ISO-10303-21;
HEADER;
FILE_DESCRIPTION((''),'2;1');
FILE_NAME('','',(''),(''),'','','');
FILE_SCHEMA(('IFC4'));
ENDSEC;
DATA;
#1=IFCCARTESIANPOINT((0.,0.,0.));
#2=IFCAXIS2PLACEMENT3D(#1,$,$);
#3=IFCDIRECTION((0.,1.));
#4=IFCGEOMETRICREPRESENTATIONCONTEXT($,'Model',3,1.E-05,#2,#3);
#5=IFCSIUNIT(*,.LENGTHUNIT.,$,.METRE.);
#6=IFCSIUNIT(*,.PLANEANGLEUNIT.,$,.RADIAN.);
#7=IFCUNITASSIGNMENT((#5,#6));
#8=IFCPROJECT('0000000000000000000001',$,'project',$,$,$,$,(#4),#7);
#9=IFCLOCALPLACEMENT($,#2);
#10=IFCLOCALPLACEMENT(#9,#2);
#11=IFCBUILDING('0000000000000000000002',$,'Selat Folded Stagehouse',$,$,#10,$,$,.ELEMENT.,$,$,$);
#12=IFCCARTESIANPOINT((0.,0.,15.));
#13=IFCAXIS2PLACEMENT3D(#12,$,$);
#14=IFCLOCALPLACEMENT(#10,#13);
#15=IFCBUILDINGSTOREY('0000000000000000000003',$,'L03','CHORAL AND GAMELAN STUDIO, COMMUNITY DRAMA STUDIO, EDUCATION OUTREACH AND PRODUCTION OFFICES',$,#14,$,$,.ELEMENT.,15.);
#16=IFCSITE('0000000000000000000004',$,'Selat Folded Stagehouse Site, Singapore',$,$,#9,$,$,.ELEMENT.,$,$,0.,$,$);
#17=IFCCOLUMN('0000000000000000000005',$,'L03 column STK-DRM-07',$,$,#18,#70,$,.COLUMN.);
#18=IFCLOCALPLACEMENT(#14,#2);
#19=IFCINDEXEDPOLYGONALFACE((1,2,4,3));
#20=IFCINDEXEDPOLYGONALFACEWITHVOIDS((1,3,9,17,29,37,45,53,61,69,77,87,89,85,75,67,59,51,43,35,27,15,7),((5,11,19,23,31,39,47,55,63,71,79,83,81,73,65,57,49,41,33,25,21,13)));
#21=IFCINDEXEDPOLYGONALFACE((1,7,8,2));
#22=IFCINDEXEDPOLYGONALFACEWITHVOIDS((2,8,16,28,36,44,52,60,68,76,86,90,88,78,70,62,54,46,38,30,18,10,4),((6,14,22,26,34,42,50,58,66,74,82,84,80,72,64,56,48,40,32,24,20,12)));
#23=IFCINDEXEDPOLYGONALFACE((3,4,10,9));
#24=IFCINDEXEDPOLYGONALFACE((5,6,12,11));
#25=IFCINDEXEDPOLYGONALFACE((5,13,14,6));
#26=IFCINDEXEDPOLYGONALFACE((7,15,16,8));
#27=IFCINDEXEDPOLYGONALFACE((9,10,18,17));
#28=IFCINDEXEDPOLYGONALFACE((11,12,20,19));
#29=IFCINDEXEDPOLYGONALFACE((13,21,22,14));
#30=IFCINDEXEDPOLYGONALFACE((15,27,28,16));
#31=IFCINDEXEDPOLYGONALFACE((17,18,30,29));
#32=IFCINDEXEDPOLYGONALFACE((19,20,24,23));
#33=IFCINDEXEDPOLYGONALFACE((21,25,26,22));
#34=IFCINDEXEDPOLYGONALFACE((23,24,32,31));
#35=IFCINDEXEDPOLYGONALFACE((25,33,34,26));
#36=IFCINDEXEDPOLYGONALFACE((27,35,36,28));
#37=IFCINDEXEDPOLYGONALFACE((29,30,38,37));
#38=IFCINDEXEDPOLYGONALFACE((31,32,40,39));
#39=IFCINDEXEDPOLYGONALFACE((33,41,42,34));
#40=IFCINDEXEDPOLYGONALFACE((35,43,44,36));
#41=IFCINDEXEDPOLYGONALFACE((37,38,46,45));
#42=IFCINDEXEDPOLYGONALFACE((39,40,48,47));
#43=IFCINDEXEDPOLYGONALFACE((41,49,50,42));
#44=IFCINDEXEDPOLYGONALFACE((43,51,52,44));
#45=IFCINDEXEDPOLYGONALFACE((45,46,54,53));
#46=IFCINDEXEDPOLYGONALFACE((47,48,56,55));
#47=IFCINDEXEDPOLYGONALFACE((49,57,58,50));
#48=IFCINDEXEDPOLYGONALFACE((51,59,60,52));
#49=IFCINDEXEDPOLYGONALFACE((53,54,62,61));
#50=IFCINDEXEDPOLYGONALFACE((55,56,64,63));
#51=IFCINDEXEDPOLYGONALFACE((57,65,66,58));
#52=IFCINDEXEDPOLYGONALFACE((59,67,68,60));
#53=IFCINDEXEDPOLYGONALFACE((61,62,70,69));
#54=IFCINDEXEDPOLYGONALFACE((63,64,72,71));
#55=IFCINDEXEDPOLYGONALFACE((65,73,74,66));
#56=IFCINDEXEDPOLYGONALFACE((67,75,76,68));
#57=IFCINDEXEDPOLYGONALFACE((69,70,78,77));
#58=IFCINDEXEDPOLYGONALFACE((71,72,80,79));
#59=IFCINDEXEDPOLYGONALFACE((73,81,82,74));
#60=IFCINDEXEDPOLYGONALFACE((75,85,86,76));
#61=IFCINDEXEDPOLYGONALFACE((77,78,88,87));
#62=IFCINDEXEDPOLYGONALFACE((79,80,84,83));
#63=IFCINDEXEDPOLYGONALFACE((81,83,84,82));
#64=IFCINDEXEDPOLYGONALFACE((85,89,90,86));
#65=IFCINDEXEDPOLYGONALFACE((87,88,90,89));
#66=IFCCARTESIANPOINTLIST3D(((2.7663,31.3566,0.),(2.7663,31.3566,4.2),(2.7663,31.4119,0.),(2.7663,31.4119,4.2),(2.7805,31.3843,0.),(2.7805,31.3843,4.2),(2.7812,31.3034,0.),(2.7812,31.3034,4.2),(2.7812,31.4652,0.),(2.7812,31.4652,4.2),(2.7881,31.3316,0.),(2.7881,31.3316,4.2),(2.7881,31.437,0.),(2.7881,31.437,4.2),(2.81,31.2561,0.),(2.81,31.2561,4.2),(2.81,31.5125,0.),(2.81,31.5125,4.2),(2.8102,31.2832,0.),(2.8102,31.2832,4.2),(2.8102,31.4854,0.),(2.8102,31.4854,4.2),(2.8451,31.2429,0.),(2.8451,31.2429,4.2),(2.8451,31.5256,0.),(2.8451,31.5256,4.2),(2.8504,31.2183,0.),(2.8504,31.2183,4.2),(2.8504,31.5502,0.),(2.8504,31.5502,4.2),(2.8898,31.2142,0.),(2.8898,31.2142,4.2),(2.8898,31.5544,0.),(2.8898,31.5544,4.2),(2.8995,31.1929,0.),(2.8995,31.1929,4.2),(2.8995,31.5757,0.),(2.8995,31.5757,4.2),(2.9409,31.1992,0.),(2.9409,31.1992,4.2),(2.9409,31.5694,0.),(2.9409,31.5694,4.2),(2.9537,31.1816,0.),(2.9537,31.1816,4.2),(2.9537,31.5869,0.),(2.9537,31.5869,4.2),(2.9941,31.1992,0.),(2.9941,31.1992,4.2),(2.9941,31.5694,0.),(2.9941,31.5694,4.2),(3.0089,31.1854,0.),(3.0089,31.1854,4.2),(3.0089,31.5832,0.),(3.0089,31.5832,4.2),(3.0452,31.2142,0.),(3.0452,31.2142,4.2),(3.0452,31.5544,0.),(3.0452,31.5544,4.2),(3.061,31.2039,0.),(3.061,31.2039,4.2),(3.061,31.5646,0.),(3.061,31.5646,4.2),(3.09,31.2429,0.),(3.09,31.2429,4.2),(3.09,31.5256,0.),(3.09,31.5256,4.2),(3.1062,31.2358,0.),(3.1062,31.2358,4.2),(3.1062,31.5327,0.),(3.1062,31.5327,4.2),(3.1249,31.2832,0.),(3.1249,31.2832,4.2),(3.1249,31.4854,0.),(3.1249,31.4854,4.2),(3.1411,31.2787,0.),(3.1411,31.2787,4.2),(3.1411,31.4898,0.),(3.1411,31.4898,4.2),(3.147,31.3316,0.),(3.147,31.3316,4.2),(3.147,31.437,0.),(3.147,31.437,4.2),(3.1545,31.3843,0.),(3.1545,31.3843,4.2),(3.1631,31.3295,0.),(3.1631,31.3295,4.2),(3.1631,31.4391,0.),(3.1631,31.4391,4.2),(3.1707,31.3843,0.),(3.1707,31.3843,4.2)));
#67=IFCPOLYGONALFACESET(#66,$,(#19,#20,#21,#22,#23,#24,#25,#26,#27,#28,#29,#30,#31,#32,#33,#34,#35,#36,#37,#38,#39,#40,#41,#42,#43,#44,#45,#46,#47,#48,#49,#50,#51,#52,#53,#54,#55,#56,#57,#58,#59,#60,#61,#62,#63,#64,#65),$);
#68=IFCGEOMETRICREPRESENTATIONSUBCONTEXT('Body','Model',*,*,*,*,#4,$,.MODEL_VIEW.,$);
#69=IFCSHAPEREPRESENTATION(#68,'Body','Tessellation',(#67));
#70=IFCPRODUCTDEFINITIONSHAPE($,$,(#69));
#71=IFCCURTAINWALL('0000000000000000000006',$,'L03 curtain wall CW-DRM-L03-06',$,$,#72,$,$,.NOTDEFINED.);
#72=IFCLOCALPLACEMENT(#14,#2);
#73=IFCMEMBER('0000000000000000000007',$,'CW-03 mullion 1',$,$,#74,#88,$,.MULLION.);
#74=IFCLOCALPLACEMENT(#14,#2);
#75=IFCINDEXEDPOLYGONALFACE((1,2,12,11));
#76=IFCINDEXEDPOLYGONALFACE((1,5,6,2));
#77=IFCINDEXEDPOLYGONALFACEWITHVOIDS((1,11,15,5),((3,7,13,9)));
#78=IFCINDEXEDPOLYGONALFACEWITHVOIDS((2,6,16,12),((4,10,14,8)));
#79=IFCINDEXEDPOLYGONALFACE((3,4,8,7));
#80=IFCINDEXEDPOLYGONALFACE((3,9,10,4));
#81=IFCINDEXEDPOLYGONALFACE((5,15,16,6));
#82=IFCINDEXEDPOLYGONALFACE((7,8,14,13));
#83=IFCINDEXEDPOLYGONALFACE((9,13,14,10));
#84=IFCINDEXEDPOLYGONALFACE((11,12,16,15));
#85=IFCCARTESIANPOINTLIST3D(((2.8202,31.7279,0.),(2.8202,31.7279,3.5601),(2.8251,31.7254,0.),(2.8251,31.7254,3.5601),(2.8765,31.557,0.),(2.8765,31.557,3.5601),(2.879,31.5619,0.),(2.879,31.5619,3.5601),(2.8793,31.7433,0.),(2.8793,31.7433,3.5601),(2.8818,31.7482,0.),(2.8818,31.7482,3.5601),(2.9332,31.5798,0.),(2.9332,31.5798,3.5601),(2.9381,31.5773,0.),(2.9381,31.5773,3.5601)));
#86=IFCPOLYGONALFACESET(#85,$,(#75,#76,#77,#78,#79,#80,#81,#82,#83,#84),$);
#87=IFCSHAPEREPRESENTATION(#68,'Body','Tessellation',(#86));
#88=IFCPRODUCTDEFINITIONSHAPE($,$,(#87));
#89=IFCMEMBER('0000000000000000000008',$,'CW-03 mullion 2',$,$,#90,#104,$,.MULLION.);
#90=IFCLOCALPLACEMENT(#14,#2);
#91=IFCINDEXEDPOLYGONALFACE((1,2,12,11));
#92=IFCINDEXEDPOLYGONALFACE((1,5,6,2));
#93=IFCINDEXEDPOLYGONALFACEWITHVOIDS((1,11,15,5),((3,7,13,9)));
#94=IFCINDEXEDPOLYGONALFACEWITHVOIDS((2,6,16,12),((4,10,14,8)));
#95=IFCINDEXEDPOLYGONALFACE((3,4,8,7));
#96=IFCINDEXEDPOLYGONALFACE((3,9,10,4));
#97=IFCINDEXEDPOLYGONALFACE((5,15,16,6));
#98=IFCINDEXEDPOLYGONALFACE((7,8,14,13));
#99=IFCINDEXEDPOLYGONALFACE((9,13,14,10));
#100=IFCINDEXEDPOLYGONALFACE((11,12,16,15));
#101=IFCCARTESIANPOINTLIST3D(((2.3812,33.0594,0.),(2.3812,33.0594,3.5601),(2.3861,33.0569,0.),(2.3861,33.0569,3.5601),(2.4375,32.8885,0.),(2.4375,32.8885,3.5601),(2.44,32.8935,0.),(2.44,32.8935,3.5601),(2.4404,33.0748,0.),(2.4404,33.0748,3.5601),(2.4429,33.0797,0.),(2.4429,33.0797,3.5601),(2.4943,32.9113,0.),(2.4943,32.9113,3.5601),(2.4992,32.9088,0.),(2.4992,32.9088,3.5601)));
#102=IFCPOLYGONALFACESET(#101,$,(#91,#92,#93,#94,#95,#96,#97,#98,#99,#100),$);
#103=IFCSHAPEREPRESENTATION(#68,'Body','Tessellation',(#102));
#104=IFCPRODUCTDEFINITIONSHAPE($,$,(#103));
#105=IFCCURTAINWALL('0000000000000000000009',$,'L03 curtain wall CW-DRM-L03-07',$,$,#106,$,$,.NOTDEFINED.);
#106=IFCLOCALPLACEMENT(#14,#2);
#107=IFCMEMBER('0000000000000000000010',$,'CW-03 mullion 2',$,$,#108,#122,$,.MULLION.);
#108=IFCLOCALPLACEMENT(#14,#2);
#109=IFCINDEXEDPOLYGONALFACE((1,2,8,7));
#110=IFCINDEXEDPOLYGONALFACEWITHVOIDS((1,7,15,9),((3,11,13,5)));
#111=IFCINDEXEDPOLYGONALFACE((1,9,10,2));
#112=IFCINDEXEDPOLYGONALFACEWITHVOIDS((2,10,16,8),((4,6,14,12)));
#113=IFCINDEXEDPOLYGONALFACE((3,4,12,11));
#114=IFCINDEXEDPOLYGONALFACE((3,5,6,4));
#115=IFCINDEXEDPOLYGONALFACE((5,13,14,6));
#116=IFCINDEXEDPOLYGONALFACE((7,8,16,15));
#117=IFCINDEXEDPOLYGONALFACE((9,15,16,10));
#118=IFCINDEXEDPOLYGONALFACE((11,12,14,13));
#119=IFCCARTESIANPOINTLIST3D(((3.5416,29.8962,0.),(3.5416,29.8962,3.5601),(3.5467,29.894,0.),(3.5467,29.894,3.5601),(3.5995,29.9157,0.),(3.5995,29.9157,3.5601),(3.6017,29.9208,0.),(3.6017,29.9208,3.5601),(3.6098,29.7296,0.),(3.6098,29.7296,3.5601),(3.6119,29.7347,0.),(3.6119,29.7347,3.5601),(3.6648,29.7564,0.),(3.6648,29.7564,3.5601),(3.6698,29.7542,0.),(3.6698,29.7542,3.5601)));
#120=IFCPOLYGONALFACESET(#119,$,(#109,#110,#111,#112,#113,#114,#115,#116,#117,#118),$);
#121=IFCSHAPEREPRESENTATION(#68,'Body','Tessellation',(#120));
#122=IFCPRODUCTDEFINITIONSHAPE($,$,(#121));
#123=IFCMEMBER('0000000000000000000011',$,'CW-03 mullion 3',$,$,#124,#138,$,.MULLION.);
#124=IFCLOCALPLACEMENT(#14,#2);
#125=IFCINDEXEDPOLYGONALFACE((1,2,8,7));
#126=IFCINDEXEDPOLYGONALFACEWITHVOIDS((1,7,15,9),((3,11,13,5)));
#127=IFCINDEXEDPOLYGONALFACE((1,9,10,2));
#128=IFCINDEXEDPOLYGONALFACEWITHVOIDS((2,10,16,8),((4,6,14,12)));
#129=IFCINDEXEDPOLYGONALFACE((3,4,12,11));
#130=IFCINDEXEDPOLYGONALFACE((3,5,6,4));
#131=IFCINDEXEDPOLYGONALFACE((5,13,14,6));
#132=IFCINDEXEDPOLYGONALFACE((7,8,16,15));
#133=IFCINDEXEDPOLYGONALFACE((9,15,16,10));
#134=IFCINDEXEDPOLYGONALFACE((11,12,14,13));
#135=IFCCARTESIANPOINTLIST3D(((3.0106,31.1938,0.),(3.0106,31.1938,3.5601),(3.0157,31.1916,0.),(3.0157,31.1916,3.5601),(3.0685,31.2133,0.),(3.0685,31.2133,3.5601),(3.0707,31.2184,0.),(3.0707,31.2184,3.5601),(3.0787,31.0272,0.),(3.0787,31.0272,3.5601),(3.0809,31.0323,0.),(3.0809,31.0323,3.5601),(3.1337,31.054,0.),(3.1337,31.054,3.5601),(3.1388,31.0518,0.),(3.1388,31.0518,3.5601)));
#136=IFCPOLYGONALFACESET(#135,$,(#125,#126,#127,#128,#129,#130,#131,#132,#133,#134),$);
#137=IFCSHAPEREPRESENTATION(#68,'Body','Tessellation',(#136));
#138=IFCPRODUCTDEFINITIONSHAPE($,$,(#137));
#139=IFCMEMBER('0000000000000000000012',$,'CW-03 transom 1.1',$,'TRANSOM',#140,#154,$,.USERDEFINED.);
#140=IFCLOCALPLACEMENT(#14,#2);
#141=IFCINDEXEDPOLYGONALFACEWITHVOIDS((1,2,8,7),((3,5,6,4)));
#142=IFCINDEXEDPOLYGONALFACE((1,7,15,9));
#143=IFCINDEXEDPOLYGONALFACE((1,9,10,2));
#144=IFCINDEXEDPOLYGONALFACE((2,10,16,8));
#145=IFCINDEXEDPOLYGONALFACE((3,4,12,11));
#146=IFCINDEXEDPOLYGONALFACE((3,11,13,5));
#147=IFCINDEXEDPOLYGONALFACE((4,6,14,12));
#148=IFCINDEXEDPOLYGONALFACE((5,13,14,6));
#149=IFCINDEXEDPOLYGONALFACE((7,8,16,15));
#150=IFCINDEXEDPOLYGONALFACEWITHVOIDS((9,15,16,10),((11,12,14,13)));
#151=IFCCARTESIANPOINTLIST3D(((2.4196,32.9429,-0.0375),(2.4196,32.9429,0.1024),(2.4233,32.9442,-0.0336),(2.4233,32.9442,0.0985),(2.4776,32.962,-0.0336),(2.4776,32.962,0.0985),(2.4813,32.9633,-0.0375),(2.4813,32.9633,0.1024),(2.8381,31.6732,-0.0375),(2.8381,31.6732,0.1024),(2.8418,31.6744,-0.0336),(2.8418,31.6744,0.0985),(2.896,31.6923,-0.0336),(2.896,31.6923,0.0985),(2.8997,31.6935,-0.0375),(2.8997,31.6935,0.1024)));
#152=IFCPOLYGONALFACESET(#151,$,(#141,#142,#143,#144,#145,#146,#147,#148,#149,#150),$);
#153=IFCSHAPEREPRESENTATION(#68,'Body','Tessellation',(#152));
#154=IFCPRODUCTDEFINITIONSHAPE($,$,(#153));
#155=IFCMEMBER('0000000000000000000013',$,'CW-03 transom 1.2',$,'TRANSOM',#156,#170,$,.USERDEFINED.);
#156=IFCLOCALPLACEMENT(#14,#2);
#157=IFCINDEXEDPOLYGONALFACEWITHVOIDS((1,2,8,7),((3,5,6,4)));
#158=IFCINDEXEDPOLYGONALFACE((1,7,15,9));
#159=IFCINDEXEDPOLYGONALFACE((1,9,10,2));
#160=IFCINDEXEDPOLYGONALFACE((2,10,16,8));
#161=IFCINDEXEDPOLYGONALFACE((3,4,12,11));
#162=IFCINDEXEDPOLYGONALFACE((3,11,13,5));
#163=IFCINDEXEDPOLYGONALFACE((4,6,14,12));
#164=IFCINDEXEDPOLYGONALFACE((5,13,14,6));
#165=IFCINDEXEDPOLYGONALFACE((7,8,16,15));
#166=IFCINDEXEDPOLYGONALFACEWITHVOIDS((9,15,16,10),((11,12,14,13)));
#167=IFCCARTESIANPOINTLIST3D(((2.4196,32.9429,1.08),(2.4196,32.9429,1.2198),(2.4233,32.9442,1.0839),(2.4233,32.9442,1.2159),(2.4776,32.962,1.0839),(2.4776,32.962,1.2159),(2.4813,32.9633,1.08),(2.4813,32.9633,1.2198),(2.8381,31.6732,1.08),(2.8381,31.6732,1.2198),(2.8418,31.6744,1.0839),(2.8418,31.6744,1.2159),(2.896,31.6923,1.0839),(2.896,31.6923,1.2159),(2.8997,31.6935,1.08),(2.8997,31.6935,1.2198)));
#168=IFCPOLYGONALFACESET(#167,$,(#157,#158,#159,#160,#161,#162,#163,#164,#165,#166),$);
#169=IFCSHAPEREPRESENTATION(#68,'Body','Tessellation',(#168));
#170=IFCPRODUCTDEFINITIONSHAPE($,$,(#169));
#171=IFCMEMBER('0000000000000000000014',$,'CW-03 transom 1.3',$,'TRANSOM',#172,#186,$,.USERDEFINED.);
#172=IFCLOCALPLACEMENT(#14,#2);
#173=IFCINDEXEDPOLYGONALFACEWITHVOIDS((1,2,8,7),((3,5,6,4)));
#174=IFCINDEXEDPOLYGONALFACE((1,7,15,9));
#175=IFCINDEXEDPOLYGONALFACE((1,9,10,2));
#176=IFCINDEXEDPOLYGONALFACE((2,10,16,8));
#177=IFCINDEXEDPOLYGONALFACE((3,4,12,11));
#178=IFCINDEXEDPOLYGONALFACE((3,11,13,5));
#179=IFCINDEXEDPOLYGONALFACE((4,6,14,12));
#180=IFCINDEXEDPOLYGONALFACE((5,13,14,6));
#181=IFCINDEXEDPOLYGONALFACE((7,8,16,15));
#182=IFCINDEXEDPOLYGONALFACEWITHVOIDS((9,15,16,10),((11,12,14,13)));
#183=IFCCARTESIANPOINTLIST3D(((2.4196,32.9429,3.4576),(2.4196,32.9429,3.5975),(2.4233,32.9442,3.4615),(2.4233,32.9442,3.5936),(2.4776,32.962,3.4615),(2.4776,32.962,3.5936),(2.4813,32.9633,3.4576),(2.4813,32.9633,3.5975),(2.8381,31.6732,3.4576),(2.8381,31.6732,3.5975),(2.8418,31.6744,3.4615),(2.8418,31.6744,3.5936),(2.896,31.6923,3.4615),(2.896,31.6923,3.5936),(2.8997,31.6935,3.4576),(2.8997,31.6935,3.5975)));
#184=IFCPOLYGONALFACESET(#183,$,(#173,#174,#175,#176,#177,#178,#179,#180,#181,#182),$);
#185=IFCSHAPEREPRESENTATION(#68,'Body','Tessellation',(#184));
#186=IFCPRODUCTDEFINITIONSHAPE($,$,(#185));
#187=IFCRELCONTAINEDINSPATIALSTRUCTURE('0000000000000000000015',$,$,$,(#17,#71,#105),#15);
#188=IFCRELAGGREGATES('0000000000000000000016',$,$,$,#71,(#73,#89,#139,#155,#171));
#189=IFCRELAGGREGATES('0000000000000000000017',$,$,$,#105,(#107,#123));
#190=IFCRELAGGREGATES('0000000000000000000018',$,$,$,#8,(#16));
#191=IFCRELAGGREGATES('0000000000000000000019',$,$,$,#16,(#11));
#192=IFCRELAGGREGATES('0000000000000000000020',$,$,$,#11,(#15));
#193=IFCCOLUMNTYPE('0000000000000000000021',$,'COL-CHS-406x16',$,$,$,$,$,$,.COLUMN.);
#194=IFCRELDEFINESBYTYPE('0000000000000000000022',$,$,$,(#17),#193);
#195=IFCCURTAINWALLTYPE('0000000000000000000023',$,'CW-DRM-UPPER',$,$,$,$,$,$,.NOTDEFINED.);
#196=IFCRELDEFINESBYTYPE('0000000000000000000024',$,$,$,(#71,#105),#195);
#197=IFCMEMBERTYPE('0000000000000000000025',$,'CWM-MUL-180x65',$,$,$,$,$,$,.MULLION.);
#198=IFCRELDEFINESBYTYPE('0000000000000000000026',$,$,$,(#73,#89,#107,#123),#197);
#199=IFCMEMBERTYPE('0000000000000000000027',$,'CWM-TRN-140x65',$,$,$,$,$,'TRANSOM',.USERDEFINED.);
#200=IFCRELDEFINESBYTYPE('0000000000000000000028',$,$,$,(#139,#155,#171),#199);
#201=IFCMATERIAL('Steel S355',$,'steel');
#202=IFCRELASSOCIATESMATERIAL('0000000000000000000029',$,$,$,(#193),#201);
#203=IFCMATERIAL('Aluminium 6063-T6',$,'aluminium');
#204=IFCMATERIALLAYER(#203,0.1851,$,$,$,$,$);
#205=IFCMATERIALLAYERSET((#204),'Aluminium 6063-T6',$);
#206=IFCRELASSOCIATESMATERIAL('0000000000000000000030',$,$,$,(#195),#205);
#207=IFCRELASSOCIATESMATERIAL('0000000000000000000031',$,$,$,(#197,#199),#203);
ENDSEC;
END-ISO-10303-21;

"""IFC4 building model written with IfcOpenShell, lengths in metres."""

from ifc_helpers import new_model, si_unit, direction, frame, origin, origin_2d, place, context, subcontext, project, spatial, hollow_rectangle, hollow_circle, extrude, material, layer, layer_set, material_profile, profile_set, type_object, element, aggregate, save


model = new_model("IFC4")

# Units and contexts
model_context = context("Model", 3, precision=1e-05, world=origin(), true_north=direction((0.0, 1.0)))
body_context = subcontext(model_context, "Body", "Model", "MODEL_VIEW")
ifc_project = project(units=[si_unit("LENGTHUNIT", "METRE"), si_unit("PLANEANGLEUNIT", "RADIAN")], contexts=[model_context])

# Site, building, storey
site_placement = place(None, origin())
site = spatial("IfcSite", under=ifc_project, at=site_placement, Name="Selat Folded Stagehouse Site, Singapore", CompositionType="ELEMENT", RefElevation=0.0)
building_placement = place(site_placement, origin())
building = spatial("IfcBuilding", under=site, at=building_placement, Name="Selat Folded Stagehouse", CompositionType="ELEMENT")
storey_placement = place(building_placement, frame((0.0, 0.0, 15.0)))
storey = spatial("IfcBuildingStorey", under=building, at=storey_placement, Name="L03", Description="CHORAL AND GAMELAN STUDIO, COMMUNITY DRAMA STUDIO, EDUCATION OUTREACH AND PRODUCTION OFFICES", CompositionType="ELEMENT", Elevation=15.0)

# Column
ifc_material_1 = material(Name="Steel S355", Category="steel")
ifc_material_profile_1 = material_profile(ifc_material_1, hollow_circle(Radius=0.2031, WallThickness=0.0161, at=origin_2d()), Name="CHS 406.4x16.0")
ifc_profile_set_1 = profile_set([ifc_material_profile_1], Name="Steel S355")
column_type = type_object("IfcColumnType", Name="COL-CHS-406x16", PredefinedType="COLUMN", material=ifc_profile_set_1)
column_placement = place(storey_placement, frame((2.9675, 31.3843, 0.0), z_axis=(0.0, 0.0, 1.0), x_axis=(1.0, 0.0, 0.0)))
element("IfcColumn", 1, at=column_placement, inside=storey, type_object=column_type, Name="L03 column STK-DRM-07", PredefinedType="COLUMN", context=body_context, shape_type="SweptSolid", body=[
    extrude(hollow_circle(Radius=0.2031, WallThickness=0.0161, at=origin_2d()), origin(), (0.0, 0.0, 1.0), 4.2),
])

# Curtain walls, members
ifc_material_2 = material(Name="Aluminium 6063-T6", Category="aluminium")
ifc_layer_1 = layer(ifc_material_2, 0.1851)
ifc_layer_set_1 = layer_set([ifc_layer_1], Name="Aluminium 6063-T6")
curtain_wall_type = type_object("IfcCurtainWallType", Name="CW-DRM-UPPER", PredefinedType="NOTDEFINED", material=ifc_layer_set_1)
curtain_wall_1_placement = place(storey_placement, origin())
curtain_wall_1 = element("IfcCurtainWall", 2, at=curtain_wall_1_placement, inside=storey, type_object=curtain_wall_type, Name="L03 curtain wall CW-DRM-L03-06", PredefinedType="NOTDEFINED")
ifc_material_profile_2 = material_profile(ifc_material_2, hollow_rectangle(XDim=0.0649, YDim=0.1799, WallThickness=0.0039, at=origin_2d()), Name="ALU 180x65x4.0")
ifc_profile_set_2 = profile_set([ifc_material_profile_2], Name="Aluminium 6063-T6")
member_type_1 = type_object("IfcMemberType", Name="CWM-MUL-180x65", PredefinedType="MULLION", material=ifc_profile_set_2)
member_1_placement = place(storey_placement, frame((2.8792, 31.6526, 0.0), z_axis=(0.0, 0.0, 1.0), x_axis=(-0.949755, -0.312995, 0.0)))
member_1 = element("IfcMember", 3, at=member_1_placement, type_object=member_type_1, Name="CW-03 mullion 1", PredefinedType="MULLION", context=body_context, shape_type="SweptSolid", body=[
    extrude(hollow_rectangle(XDim=0.0649, YDim=0.1799, WallThickness=0.0039, at=origin_2d()), origin(), (0.0, 0.0, 1.0), 3.5601),
])
member_2_placement = place(storey_placement, frame((2.4402, 32.9841, 0.0), z_axis=(0.0, 0.0, 1.0), x_axis=(-0.949755, -0.312995, 0.0)))
member_2 = element("IfcMember", 4, at=member_2_placement, type_object=member_type_1, Name="CW-03 mullion 2", PredefinedType="MULLION", context=body_context, shape_type="SweptSolid", body=[
    extrude(hollow_rectangle(XDim=0.0649, YDim=0.1799, WallThickness=0.0039, at=origin_2d()), origin(), (0.0, 0.0, 1.0), 3.5601),
])
curtain_wall_2_placement = place(storey_placement, origin())
curtain_wall_2 = element("IfcCurtainWall", 5, at=curtain_wall_2_placement, inside=storey, type_object=curtain_wall_type, Name="L03 curtain wall CW-DRM-L03-07", PredefinedType="NOTDEFINED")
member_3_placement = place(storey_placement, frame((3.6057, 29.8252, 0.0), z_axis=(0.0, 0.0, 1.0), x_axis=(-0.925441, -0.378891, 0.0)))
member_3 = element("IfcMember", 6, at=member_3_placement, type_object=member_type_1, Name="CW-03 mullion 2", PredefinedType="MULLION", context=body_context, shape_type="SweptSolid", body=[
    extrude(hollow_rectangle(XDim=0.0649, YDim=0.1799, WallThickness=0.0039, at=origin_2d()), origin(), (0.0, 0.0, 1.0), 3.5601),
])
member_4_placement = place(storey_placement, frame((3.0747, 31.1228, 0.0), z_axis=(0.0, 0.0, 1.0), x_axis=(-0.925441, -0.378891, 0.0)))
member_4 = element("IfcMember", 7, at=member_4_placement, type_object=member_type_1, Name="CW-03 mullion 3", PredefinedType="MULLION", context=body_context, shape_type="SweptSolid", body=[
    extrude(hollow_rectangle(XDim=0.0649, YDim=0.1799, WallThickness=0.0039, at=origin_2d()), origin(), (0.0, 0.0, 1.0), 3.5601),
])

# Members
ifc_material_profile_3 = material_profile(ifc_material_2, hollow_rectangle(XDim=0.0649, YDim=0.1399, WallThickness=0.0039, at=origin_2d()), Name="ALU 140x65x4.0")
ifc_profile_set_3 = profile_set([ifc_material_profile_3], Name="Aluminium 6063-T6")
member_type_2 = type_object("IfcMemberType", Name="CWM-TRN-140x65", ElementType="TRANSOM", PredefinedType="USERDEFINED", material=ifc_profile_set_3)
member_5_placement = place(storey_placement, frame((2.8689, 31.6833, 0.0325), z_axis=(-0.312994, 0.949755, 0.0), x_axis=(-0.949755, -0.312994, 0.0)))
member_5 = element("IfcMember", 8, at=member_5_placement, type_object=member_type_2, Name="CW-03 transom 1.1", ObjectType="TRANSOM", PredefinedType="USERDEFINED", context=body_context, shape_type="SweptSolid", body=[
    extrude(hollow_rectangle(XDim=0.0649, YDim=0.1399, WallThickness=0.0039, at=origin_2d()), origin(), (0.0, 0.0, 1.0), 1.3369),
])
member_6_placement = place(storey_placement, frame((2.8689, 31.6833, 1.1499), z_axis=(-0.312994, 0.949755, 0.0), x_axis=(-0.949755, -0.312994, 0.0)))
member_6 = element("IfcMember", 9, at=member_6_placement, type_object=member_type_2, Name="CW-03 transom 1.2", ObjectType="TRANSOM", PredefinedType="USERDEFINED", context=body_context, shape_type="SweptSolid", body=[
    extrude(hollow_rectangle(XDim=0.0649, YDim=0.1399, WallThickness=0.0039, at=origin_2d()), origin(), (0.0, 0.0, 1.0), 1.3369),
])
member_7_placement = place(storey_placement, frame((2.8689, 31.6833, 3.5276), z_axis=(-0.312994, 0.949755, 0.0), x_axis=(-0.949755, -0.312994, 0.0)))
member_7 = element("IfcMember", 10, at=member_7_placement, type_object=member_type_2, Name="CW-03 transom 1.3", ObjectType="TRANSOM", PredefinedType="USERDEFINED", context=body_context, shape_type="SweptSolid", body=[
    extrude(hollow_rectangle(XDim=0.0649, YDim=0.1399, WallThickness=0.0039, at=origin_2d()), origin(), (0.0, 0.0, 1.0), 1.3369),
])

aggregate(curtain_wall_1, [member_1, member_2, member_5, member_6, member_7])
aggregate(curtain_wall_2, [member_3, member_4])

save(model, "model.ifc")
